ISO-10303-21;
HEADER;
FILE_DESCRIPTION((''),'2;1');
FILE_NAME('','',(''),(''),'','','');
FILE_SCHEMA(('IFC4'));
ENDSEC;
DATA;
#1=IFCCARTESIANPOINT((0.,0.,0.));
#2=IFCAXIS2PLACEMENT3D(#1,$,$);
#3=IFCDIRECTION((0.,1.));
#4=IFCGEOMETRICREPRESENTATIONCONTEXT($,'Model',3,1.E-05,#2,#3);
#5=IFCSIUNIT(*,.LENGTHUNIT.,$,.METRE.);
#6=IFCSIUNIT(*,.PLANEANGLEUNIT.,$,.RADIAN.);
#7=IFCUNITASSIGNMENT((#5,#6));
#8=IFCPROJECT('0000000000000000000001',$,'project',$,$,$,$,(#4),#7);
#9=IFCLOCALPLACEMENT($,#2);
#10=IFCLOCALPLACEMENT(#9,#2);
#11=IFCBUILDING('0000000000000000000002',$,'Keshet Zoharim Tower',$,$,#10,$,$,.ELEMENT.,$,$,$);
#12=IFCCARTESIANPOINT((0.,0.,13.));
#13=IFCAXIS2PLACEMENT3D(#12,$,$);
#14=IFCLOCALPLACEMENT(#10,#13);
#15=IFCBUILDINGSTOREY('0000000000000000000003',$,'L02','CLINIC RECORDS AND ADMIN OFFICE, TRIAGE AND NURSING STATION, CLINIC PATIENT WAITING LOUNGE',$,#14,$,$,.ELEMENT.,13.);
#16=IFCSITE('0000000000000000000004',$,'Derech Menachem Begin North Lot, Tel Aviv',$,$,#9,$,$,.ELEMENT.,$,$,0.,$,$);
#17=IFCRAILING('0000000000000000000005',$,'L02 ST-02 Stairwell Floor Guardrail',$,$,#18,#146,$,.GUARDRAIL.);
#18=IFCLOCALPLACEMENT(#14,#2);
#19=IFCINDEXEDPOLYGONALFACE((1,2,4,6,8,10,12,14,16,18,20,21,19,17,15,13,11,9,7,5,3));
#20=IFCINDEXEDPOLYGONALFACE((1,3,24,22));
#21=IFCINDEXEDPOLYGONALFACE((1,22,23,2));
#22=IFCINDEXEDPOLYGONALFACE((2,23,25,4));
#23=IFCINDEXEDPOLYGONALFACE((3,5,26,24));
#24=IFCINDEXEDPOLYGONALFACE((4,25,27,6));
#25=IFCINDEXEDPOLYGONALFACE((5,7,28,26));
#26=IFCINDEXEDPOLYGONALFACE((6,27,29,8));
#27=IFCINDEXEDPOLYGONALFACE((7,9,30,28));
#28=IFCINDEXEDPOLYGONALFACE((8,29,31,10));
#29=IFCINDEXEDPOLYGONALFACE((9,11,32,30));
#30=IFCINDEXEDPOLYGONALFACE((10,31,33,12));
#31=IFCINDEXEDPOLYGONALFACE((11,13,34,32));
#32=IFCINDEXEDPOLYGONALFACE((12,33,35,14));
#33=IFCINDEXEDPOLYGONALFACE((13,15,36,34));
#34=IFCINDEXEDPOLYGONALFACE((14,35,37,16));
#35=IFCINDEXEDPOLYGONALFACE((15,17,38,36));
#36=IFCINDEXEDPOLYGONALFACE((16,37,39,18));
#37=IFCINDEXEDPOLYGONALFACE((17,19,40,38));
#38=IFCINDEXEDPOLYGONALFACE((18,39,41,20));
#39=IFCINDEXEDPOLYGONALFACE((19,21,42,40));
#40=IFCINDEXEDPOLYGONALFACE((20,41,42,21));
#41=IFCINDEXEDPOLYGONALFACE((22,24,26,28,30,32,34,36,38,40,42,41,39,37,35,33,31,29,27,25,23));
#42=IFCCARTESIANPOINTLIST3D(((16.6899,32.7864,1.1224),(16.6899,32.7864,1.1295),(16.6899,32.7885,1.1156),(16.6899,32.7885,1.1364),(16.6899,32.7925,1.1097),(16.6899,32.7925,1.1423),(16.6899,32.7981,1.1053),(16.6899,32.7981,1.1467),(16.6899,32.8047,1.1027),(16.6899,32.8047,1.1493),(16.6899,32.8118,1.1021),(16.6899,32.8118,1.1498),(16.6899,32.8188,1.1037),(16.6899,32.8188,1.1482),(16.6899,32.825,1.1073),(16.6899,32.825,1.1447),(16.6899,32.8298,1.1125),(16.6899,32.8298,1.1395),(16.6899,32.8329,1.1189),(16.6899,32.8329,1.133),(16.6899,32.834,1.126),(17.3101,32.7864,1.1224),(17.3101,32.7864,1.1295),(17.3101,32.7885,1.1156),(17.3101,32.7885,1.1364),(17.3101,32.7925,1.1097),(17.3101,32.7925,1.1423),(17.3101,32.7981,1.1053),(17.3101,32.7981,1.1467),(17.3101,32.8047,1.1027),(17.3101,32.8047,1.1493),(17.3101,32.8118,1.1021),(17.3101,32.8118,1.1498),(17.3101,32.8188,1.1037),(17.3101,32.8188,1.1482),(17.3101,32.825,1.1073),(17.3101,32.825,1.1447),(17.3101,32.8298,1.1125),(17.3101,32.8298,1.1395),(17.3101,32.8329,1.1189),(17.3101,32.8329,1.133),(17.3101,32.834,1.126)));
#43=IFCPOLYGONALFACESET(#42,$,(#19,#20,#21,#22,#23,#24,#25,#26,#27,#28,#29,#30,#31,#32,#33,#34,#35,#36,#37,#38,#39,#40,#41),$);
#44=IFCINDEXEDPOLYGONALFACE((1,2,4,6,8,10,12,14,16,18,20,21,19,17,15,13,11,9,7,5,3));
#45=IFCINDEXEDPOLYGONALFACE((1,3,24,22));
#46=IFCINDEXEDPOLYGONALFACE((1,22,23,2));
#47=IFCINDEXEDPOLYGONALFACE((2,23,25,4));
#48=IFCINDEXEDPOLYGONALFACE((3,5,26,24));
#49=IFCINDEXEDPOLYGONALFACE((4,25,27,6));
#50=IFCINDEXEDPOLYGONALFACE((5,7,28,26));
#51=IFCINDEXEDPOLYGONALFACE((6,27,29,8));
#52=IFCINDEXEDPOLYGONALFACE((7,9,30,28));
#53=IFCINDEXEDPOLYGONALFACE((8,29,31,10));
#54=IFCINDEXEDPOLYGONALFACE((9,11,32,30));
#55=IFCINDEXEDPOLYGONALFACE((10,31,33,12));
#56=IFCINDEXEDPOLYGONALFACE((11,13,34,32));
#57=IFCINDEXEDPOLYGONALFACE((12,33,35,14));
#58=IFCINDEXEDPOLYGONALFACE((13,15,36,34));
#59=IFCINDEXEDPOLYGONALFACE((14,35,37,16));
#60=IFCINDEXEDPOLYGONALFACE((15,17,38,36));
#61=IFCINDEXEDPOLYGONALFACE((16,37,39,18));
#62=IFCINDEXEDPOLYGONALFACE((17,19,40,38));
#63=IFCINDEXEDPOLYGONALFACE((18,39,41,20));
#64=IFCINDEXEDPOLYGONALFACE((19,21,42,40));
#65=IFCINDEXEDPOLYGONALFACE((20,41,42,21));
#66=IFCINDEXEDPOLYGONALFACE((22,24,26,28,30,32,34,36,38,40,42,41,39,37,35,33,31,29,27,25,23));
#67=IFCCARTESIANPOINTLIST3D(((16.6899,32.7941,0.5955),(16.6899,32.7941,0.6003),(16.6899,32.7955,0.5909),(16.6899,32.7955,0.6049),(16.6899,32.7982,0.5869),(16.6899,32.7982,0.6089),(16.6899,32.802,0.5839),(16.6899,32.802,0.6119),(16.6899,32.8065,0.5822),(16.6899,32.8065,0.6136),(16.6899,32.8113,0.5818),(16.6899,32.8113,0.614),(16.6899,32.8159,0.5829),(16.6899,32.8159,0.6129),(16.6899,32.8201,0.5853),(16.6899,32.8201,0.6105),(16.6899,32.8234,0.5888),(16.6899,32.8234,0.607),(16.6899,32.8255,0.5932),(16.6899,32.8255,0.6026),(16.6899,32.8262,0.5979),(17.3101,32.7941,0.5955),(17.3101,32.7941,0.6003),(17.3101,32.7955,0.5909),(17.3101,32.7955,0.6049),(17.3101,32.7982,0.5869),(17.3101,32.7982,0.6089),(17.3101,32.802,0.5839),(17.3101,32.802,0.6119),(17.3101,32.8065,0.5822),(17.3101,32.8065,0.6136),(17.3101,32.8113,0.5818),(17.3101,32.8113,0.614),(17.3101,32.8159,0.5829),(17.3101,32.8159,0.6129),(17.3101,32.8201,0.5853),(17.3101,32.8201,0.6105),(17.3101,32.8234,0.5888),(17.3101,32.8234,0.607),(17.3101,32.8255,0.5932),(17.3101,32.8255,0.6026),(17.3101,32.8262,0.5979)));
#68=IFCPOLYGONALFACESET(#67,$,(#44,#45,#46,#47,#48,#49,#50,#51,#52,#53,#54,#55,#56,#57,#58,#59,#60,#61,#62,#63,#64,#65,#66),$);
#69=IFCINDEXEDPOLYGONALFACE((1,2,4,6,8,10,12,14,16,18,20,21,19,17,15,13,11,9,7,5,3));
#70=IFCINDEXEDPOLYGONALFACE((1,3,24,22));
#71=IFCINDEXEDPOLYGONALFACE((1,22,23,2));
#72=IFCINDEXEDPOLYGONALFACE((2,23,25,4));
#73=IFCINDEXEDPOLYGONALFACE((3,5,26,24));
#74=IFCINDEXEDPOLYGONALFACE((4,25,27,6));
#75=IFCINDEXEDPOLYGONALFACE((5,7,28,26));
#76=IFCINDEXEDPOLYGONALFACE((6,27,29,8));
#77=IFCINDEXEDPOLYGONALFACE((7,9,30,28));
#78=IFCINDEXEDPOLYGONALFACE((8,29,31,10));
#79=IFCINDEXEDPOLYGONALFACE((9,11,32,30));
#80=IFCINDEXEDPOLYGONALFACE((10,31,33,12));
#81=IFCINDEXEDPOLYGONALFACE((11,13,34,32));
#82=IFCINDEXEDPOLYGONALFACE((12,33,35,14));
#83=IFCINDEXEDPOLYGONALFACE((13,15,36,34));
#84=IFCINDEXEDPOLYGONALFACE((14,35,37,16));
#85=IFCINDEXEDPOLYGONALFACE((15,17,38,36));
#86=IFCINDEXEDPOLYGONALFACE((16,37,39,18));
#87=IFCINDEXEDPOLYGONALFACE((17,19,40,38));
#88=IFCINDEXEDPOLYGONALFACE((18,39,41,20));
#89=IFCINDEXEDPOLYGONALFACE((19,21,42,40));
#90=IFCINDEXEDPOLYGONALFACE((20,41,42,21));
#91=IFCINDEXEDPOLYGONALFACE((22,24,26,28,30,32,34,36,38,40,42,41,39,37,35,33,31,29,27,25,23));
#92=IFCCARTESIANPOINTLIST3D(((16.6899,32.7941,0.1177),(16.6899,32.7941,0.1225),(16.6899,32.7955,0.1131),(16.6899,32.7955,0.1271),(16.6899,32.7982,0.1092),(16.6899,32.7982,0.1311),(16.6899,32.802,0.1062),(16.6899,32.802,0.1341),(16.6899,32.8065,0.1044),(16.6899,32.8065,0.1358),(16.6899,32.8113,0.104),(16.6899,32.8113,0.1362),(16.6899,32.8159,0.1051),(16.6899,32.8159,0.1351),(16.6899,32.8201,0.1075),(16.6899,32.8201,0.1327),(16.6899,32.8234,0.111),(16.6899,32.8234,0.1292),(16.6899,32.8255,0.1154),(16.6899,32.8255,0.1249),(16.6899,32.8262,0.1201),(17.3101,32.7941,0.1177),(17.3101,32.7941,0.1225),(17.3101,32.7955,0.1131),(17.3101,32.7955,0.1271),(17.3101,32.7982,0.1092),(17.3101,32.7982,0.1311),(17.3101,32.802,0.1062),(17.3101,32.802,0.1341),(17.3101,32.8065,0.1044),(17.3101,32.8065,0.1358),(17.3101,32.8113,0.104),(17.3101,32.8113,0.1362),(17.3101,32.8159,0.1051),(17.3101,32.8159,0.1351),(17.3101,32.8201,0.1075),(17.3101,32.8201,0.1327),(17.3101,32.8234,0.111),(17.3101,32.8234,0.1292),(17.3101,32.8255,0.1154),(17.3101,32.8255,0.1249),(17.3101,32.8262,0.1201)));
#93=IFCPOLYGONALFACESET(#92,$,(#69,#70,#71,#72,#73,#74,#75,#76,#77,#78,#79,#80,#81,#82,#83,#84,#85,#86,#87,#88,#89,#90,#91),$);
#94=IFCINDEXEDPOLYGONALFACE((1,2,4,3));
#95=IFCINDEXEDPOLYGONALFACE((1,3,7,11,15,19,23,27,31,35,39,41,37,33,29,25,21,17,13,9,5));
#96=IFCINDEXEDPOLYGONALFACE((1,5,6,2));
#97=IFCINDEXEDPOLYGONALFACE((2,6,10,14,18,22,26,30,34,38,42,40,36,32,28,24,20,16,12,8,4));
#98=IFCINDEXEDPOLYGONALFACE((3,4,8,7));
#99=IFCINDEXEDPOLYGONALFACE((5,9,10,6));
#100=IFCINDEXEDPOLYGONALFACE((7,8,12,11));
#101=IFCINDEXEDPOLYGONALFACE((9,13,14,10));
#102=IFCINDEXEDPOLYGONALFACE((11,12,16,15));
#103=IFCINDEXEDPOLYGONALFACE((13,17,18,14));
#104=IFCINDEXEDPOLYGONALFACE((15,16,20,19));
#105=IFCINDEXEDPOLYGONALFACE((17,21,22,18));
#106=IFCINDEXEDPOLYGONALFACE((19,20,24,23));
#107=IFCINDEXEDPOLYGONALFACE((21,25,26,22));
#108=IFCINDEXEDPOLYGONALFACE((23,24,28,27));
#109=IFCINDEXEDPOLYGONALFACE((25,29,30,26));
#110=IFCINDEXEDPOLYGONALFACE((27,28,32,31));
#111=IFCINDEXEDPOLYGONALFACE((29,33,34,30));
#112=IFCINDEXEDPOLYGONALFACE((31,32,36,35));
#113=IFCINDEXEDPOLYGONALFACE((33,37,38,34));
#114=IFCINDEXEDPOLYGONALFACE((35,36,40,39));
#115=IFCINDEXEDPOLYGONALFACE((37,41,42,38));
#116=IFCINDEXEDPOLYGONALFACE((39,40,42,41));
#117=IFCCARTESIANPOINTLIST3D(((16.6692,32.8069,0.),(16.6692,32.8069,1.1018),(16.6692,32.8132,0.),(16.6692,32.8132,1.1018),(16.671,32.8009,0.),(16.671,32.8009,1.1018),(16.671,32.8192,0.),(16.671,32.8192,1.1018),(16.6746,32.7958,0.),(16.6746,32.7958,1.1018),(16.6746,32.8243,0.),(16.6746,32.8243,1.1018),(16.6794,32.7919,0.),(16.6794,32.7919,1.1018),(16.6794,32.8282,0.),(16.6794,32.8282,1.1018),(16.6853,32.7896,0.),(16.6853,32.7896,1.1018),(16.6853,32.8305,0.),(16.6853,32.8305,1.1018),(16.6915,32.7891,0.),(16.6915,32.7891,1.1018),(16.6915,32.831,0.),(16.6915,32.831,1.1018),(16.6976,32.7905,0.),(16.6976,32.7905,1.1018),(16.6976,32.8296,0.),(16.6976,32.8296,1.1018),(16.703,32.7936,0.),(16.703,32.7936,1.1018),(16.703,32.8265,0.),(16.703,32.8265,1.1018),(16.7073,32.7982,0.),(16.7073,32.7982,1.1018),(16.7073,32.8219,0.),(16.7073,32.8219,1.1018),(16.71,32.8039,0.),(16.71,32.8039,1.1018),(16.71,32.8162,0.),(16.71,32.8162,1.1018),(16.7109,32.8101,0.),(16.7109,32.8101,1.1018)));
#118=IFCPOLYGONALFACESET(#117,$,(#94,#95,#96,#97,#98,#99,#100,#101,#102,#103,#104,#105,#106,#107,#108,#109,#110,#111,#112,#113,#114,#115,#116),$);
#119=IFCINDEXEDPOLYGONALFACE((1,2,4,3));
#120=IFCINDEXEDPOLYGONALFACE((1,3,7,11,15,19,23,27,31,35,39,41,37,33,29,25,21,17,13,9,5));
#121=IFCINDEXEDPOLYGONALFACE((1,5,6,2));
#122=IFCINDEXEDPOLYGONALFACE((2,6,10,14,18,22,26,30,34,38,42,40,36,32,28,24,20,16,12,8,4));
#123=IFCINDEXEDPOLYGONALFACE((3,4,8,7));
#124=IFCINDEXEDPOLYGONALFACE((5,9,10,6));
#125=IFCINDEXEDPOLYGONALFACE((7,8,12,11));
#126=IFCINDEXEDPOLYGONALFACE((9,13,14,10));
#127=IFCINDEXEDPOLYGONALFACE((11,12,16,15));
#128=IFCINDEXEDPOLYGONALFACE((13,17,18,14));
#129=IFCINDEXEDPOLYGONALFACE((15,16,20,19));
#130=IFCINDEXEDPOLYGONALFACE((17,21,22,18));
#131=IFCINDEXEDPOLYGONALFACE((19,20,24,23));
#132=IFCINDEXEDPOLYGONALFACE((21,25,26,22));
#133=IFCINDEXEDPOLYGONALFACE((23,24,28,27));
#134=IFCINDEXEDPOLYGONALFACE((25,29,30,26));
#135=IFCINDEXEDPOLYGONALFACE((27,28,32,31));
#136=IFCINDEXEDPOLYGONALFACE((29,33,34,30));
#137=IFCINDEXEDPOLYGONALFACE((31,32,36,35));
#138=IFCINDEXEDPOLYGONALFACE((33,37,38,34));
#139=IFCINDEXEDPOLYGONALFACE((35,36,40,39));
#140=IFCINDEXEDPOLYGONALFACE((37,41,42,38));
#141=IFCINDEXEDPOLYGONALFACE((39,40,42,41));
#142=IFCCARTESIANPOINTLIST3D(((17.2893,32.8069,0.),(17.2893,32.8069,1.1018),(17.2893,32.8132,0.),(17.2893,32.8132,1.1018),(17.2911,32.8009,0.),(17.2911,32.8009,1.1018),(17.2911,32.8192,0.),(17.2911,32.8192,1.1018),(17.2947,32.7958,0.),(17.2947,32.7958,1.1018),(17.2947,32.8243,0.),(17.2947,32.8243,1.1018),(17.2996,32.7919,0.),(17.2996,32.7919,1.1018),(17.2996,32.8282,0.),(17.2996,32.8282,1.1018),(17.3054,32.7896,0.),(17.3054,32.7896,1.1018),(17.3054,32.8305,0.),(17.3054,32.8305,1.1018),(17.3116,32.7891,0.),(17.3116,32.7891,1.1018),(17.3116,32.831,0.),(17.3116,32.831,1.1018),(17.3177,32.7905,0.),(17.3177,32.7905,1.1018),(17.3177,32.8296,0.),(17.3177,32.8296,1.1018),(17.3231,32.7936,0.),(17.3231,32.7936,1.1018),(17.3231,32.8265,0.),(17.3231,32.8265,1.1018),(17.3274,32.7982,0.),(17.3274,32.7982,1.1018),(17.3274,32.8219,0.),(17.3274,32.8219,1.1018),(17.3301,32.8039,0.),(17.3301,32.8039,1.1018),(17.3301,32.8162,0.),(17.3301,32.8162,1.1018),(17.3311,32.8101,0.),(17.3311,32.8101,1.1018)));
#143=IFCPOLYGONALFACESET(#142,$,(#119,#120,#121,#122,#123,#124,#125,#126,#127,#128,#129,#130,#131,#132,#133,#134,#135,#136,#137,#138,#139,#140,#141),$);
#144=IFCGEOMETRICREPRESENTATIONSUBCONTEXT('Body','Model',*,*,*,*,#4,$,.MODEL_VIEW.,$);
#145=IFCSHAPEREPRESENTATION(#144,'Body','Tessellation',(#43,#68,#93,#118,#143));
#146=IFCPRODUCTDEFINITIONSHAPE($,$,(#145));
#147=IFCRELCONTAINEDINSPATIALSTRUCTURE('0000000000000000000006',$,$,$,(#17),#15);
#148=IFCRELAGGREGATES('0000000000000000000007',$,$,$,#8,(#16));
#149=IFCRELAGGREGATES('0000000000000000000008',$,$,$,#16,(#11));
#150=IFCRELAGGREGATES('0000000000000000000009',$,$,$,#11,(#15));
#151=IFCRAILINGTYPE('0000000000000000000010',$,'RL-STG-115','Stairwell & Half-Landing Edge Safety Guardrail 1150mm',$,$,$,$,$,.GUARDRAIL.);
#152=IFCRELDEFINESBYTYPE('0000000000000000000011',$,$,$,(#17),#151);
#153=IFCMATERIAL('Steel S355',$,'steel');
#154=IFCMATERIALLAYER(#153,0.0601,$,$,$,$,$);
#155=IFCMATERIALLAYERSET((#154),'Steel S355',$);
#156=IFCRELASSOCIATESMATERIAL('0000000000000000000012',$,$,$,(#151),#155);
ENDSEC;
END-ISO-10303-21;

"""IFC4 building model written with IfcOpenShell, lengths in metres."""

from ifc_helpers import new_model, si_unit, direction, frame, origin, origin_2d, place, context, subcontext, project, spatial, circle, extrude, material, layer, layer_set, type_object, element, save


model = new_model("IFC4")

# Units and contexts
model_context = context("Model", 3, precision=1e-05, world=origin(), true_north=direction((0.0, 1.0)))
body_context = subcontext(model_context, "Body", "Model", "MODEL_VIEW")
ifc_project = project(units=[si_unit("LENGTHUNIT", "METRE"), si_unit("PLANEANGLEUNIT", "RADIAN")], contexts=[model_context])

# Site, building, storey
site_placement = place(None, origin())
site = spatial("IfcSite", under=ifc_project, at=site_placement, Name="Derech Menachem Begin North Lot, Tel Aviv", CompositionType="ELEMENT", RefElevation=0.0)
building_placement = place(site_placement, origin())
building = spatial("IfcBuilding", under=site, at=building_placement, Name="Keshet Zoharim Tower", CompositionType="ELEMENT")
storey_placement = place(building_placement, frame((0.0, 0.0, 13.0)))
storey = spatial("IfcBuildingStorey", under=building, at=storey_placement, Name="L02", Description="CLINIC RECORDS AND ADMIN OFFICE, TRIAGE AND NURSING STATION, CLINIC PATIENT WAITING LOUNGE", CompositionType="ELEMENT", Elevation=13.0)

# Shared definitions
ifc_material_1 = material(Name="Steel S355", Category="steel")

# Railing
ifc_layer_1 = layer(ifc_material_1, 0.0601)
ifc_layer_set_1 = layer_set([ifc_layer_1], Name="Steel S355")
railing_type_1 = type_object("IfcRailingType", Name="RL-STG-115", Description="Stairwell & Half-Landing Edge Safety Guardrail 1150mm", PredefinedType="GUARDRAIL", material=ifc_layer_set_1)
railing_1_placement = place(storey_placement, frame((16.6899, 32.8101, 0.0)))
element("IfcRailing", 1, at=railing_1_placement, inside=storey, type_object=railing_type_1, Name="L02 ST-02 Stairwell Floor Guardrail", PredefinedType="GUARDRAIL", context=body_context, shape_type="SweptSolid", body=[
    extrude(circle(Radius=0.0239, at=origin_2d()), frame((0.0, 0.0, 1.126), z_axis=(1.0, 0.0, 0.0), x_axis=(0.0, 1.0, 0.0)), (0.0, 0.0, 1.0), 0.6201),
    extrude(circle(Radius=0.0161, at=origin_2d()), frame((0.0, 0.0, 0.5979), z_axis=(1.0, 0.0, 0.0), x_axis=(0.0, 1.0, 0.0)), (0.0, 0.0, 1.0), 0.6201),
    extrude(circle(Radius=0.0161, at=origin_2d()), frame((0.0, 0.0, 0.1201), z_axis=(1.0, 0.0, 0.0), x_axis=(0.0, 1.0, 0.0)), (0.0, 0.0, 1.0), 0.6201),
    extrude(circle(Radius=0.021, at=origin_2d()), origin(), (0.0, 0.0, 1.0), 1.1018),
    extrude(circle(Radius=0.021, at=origin_2d()), frame((0.6201, 0.0, 0.0)), (0.0, 0.0, 1.0), 1.1018),
])

save(model, "model.ifc")
